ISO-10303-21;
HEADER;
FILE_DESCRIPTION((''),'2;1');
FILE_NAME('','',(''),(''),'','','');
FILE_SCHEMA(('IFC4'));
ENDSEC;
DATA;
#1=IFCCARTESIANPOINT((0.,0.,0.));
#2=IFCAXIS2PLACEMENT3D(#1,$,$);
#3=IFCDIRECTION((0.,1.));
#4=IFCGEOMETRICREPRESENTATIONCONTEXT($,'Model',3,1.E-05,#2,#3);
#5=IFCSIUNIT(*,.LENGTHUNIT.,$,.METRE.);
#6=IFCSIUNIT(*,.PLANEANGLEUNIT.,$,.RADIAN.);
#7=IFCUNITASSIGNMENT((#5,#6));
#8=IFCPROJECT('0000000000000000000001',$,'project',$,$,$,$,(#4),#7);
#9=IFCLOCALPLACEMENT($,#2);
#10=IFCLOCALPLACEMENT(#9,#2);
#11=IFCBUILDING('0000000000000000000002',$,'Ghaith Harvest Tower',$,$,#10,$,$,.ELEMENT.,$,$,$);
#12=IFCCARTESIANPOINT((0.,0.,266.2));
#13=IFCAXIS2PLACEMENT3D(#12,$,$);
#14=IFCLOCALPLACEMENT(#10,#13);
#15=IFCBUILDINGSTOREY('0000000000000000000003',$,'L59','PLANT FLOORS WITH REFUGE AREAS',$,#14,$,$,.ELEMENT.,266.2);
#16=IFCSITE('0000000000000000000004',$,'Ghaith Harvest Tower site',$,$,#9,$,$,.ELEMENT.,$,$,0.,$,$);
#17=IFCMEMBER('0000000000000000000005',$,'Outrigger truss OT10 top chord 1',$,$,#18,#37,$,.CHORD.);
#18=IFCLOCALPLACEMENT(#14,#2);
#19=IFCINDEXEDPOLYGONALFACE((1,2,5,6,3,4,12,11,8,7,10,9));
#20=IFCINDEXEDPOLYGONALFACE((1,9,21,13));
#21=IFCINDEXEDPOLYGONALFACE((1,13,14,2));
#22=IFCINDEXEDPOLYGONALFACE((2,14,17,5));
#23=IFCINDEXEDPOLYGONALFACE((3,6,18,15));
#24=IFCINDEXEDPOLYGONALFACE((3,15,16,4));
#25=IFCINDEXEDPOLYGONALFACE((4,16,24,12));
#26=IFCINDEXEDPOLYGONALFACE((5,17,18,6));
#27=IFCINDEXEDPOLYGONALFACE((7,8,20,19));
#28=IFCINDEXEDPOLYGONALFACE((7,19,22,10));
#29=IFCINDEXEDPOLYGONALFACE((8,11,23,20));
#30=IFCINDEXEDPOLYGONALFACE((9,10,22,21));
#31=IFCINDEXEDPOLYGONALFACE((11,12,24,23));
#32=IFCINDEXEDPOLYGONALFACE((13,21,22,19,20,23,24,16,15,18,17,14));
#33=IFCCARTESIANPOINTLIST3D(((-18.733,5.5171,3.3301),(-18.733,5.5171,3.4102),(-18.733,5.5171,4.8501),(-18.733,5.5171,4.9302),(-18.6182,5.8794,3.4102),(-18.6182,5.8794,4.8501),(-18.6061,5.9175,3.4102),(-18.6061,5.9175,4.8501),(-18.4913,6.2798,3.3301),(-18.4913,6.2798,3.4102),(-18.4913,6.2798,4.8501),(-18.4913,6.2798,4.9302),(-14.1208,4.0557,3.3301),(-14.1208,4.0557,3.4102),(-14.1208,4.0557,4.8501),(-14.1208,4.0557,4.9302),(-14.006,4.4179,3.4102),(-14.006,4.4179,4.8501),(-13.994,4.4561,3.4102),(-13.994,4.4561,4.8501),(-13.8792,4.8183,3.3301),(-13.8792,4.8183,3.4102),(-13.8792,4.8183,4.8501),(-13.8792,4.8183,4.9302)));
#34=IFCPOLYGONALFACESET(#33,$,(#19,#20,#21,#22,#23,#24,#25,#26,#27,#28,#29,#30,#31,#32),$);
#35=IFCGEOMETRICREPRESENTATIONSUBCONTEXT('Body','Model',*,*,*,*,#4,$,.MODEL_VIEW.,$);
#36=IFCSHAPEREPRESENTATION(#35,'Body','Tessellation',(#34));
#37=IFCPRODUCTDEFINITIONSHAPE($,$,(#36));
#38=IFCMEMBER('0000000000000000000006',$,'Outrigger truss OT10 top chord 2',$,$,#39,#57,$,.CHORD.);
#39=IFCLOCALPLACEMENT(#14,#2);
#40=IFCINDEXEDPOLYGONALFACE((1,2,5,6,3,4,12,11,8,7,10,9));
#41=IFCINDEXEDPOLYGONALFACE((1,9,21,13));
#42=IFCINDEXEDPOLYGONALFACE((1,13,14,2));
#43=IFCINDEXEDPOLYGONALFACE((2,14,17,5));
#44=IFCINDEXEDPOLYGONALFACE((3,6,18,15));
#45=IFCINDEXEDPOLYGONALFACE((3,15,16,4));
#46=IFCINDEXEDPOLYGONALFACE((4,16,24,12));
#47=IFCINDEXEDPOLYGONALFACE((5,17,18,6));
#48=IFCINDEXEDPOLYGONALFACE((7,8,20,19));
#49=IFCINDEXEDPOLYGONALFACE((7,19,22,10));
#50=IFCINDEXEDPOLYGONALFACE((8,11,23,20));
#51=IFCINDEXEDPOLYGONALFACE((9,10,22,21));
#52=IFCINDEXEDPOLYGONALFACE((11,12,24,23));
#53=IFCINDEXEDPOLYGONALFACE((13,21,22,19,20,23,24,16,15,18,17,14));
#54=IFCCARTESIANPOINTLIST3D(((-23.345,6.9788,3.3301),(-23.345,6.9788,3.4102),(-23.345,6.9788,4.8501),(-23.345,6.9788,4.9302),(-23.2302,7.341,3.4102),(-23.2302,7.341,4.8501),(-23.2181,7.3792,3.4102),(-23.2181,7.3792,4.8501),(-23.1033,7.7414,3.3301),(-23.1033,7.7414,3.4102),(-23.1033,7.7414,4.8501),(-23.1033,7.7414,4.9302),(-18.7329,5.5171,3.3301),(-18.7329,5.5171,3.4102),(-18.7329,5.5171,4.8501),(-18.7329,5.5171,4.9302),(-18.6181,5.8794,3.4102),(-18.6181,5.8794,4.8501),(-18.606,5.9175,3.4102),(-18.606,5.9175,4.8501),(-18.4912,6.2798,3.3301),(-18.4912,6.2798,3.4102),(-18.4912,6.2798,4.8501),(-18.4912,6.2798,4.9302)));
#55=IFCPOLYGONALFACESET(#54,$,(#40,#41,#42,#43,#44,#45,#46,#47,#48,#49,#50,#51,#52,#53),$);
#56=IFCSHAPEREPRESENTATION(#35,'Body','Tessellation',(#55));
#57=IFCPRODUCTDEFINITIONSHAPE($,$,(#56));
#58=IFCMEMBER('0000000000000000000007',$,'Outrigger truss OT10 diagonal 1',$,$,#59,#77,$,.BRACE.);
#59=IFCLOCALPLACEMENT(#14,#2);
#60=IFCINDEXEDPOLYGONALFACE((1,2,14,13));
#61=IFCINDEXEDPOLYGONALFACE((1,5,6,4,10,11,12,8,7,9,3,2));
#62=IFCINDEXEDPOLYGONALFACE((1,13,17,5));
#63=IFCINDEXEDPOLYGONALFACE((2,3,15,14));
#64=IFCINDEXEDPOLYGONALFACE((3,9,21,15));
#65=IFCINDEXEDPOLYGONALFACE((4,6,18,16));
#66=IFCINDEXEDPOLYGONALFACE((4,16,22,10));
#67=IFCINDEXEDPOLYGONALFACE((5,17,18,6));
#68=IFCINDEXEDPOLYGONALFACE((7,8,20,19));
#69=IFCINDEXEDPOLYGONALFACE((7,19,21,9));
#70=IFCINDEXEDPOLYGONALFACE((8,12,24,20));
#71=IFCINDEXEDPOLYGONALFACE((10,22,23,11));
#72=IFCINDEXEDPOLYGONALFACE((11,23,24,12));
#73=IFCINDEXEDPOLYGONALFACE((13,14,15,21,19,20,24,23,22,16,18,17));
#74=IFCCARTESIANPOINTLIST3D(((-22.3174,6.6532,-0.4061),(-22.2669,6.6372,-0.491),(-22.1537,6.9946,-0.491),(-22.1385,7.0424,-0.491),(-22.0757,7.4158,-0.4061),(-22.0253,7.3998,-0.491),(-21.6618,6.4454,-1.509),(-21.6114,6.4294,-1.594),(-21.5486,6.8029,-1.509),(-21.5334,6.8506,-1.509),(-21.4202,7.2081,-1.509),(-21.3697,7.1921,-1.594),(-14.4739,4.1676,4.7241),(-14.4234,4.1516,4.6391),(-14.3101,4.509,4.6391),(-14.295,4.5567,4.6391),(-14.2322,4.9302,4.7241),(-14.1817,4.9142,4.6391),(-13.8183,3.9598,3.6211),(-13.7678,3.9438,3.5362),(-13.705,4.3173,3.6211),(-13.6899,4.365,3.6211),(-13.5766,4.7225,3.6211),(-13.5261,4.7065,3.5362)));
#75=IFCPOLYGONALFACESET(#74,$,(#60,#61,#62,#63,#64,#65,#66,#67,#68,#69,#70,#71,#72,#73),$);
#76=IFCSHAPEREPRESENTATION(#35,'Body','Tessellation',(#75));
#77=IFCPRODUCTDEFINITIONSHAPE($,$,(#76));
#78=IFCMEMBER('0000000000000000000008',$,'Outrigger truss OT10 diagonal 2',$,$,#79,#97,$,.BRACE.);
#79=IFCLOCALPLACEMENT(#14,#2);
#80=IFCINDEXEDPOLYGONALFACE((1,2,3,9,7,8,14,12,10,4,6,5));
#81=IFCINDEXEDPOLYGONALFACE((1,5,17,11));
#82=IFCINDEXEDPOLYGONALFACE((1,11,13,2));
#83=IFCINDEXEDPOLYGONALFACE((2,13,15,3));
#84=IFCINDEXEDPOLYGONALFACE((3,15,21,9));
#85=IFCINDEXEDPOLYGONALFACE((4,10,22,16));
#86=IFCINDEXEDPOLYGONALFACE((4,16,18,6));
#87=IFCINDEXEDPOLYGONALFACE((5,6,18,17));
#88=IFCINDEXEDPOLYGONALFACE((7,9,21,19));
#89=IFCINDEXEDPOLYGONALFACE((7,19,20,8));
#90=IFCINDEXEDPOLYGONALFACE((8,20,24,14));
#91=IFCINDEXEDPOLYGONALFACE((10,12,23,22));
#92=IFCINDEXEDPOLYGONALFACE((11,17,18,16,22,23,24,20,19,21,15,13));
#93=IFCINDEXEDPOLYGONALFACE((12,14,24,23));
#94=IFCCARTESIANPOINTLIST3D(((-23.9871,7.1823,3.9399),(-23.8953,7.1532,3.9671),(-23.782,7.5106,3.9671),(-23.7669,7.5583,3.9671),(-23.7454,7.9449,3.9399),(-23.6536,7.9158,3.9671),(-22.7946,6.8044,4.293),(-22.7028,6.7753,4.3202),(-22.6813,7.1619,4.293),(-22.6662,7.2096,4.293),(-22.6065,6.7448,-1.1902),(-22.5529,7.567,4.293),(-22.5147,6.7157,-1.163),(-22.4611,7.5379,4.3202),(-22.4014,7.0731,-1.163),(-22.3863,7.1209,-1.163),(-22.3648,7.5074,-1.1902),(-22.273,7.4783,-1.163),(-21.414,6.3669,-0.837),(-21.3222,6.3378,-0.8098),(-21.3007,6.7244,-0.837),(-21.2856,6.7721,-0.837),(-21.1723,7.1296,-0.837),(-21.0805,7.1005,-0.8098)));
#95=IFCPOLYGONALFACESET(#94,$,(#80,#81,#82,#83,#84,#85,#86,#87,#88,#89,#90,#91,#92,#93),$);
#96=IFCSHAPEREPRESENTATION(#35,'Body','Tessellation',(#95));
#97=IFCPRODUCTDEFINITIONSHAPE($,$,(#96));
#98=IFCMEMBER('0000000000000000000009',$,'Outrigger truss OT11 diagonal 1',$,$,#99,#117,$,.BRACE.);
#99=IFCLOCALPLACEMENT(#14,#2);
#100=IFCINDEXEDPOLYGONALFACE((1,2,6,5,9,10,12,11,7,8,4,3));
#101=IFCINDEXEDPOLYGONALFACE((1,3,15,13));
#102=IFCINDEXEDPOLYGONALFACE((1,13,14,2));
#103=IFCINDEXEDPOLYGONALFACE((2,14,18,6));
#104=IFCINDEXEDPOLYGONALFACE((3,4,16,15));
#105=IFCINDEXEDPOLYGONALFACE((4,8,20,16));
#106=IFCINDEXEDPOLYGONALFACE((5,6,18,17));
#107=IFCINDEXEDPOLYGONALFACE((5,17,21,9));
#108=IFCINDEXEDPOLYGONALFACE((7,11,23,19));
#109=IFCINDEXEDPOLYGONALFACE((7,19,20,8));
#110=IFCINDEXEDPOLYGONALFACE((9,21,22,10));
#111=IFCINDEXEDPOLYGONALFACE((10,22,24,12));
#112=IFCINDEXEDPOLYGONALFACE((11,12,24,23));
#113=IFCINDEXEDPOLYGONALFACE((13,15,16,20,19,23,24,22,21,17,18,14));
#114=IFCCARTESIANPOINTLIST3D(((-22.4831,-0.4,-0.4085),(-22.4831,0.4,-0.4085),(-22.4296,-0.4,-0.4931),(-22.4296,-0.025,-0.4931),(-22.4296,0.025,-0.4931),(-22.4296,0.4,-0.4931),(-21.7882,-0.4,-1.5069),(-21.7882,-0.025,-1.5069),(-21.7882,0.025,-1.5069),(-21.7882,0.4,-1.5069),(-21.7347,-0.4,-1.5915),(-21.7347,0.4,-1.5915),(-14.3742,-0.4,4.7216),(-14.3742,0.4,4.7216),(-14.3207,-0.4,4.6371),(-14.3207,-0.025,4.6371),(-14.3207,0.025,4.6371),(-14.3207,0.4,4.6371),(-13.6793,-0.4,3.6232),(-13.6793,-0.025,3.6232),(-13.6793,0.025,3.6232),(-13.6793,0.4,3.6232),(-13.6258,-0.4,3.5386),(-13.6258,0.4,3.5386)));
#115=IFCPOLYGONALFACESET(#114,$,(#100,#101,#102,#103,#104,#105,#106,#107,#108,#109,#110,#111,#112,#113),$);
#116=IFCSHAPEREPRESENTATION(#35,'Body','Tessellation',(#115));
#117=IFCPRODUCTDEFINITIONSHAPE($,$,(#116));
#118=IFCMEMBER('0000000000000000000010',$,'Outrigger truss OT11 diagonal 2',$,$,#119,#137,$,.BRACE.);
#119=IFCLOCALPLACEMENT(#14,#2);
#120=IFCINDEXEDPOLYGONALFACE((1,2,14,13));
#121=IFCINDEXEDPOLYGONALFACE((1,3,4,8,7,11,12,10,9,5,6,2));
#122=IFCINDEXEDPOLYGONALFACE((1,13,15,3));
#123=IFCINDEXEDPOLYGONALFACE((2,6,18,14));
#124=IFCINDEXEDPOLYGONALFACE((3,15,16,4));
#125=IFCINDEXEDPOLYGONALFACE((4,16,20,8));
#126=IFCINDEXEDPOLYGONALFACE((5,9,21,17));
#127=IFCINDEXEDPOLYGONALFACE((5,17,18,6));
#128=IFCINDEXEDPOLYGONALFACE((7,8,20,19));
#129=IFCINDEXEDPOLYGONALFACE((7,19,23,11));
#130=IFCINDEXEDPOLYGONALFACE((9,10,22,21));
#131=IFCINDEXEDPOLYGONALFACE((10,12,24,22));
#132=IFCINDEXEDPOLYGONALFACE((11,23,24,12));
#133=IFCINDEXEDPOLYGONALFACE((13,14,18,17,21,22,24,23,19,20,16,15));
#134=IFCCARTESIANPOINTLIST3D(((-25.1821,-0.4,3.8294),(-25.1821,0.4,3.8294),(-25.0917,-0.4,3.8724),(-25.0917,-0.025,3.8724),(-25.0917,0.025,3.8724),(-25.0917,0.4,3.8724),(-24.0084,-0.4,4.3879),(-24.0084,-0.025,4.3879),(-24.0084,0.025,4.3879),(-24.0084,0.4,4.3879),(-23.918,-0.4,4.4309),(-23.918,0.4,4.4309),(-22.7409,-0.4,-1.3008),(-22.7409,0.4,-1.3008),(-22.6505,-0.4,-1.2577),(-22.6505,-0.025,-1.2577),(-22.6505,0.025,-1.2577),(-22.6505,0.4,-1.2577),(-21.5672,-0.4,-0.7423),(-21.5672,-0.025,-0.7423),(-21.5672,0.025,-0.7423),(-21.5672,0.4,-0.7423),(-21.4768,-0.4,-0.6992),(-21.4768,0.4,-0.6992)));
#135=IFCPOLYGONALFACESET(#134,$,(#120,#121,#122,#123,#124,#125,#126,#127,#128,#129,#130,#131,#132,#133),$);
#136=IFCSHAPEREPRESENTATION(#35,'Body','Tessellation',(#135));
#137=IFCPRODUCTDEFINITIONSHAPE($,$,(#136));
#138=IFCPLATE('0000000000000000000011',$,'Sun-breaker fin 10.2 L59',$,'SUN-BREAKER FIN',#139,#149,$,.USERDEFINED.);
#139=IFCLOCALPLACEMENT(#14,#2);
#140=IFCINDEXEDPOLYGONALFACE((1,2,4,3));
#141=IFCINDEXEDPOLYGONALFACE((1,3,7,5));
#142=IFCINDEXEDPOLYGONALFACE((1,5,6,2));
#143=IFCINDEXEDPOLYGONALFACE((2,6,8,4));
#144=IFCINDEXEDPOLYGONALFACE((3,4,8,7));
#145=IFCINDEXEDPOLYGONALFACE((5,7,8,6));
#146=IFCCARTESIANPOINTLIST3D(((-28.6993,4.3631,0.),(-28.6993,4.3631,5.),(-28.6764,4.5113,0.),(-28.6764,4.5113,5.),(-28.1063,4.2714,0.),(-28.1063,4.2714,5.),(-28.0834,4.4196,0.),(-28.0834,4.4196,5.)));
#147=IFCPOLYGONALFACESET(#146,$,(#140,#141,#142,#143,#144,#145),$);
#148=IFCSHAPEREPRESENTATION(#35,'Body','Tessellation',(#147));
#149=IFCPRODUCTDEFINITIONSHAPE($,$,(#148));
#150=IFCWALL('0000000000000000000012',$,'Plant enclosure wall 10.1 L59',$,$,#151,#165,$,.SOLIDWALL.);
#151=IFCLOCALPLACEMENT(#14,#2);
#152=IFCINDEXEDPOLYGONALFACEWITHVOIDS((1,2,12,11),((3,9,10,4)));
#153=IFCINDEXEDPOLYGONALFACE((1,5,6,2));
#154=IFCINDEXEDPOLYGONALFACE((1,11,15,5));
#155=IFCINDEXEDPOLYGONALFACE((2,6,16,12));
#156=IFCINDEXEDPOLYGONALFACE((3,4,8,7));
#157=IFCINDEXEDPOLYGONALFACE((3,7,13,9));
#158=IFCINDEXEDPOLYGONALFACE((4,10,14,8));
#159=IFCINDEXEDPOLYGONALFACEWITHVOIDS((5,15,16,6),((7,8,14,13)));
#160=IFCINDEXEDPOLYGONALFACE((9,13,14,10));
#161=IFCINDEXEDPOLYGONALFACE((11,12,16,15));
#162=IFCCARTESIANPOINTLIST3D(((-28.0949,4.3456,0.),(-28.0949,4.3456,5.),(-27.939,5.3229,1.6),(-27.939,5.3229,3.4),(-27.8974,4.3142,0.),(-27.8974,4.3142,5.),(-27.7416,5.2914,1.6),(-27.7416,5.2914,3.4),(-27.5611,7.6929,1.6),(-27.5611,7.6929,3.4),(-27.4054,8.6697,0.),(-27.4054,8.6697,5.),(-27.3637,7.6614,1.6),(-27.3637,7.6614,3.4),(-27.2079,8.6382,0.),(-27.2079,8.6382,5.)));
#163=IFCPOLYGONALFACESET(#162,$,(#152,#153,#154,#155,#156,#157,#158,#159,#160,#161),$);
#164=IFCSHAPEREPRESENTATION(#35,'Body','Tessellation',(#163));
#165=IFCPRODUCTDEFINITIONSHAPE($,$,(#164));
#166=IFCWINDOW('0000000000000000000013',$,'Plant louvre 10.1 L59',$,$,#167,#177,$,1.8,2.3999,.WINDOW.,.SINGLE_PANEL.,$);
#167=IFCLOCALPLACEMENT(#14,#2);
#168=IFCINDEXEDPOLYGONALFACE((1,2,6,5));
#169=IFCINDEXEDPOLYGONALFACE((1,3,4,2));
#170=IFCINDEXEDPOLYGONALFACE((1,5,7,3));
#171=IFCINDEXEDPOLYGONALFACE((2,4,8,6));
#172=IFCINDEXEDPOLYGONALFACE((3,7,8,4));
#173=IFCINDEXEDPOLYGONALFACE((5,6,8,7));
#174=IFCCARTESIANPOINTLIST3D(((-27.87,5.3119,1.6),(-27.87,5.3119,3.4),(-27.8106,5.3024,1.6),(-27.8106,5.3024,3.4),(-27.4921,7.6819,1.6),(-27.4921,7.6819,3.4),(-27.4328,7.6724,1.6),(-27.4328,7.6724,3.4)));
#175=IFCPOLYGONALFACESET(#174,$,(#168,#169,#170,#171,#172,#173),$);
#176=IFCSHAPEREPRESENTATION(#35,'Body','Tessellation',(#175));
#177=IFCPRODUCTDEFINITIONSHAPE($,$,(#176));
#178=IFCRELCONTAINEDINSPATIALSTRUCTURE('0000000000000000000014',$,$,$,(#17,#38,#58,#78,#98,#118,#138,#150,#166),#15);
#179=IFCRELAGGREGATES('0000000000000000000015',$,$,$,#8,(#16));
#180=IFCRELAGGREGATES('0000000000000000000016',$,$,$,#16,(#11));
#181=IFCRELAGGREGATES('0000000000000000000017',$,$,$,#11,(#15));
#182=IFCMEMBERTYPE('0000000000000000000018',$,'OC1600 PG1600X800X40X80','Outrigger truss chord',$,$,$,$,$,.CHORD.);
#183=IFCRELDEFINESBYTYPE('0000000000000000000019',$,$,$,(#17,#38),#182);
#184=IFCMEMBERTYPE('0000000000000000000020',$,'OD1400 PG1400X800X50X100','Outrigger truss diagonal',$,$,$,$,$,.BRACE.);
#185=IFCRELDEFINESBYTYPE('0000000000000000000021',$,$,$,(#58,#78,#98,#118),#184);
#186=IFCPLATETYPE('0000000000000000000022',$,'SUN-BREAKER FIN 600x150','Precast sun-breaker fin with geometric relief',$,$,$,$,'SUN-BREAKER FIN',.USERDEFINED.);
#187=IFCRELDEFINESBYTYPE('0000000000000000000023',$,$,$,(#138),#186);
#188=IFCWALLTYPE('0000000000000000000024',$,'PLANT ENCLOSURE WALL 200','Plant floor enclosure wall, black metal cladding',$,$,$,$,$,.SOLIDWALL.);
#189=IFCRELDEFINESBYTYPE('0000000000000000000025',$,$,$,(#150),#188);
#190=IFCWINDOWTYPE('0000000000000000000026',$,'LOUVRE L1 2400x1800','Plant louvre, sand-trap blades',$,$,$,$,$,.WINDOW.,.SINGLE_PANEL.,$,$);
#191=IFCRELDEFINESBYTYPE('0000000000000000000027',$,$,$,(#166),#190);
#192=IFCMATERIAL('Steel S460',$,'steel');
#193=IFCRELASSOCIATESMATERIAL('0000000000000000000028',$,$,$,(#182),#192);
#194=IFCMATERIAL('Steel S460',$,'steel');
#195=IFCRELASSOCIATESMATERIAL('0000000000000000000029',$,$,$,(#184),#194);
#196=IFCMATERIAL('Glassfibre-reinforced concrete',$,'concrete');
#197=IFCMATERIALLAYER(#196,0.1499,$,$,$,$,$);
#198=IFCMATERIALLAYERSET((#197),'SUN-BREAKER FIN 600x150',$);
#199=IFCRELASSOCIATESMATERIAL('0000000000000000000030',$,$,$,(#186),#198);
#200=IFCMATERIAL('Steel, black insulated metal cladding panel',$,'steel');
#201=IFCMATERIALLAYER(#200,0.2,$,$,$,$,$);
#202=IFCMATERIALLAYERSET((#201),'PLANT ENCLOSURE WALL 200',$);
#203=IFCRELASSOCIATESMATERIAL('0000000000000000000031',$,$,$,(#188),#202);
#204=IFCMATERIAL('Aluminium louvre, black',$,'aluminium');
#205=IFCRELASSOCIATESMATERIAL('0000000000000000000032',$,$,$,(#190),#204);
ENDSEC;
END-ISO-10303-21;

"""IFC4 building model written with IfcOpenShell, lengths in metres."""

from ifc_helpers import new_model, si_unit, direction, frame, frame_2d, origin, origin_2d, place, context, subcontext, project, spatial, rectangle, i_section, extrude, material, layer, layer_set, material_profile, profile_set, type_object, element, fill, save


model = new_model("IFC4")

# Units and contexts
model_context = context("Model", 3, precision=1e-05, world=origin(), true_north=direction((0.0, 1.0)))
body_context = subcontext(model_context, "Body", "Model", "MODEL_VIEW")
ifc_project = project(units=[si_unit("LENGTHUNIT", "METRE"), si_unit("PLANEANGLEUNIT", "RADIAN")], contexts=[model_context])

# Site, building, storey
site_placement = place(None, origin())
site = spatial("IfcSite", under=ifc_project, at=site_placement, Name="Ghaith Harvest Tower site", CompositionType="ELEMENT", RefElevation=0.0)
building_placement = place(site_placement, origin())
building = spatial("IfcBuilding", under=site, at=building_placement, Name="Ghaith Harvest Tower", CompositionType="ELEMENT")
storey_placement = place(building_placement, frame((0.0, 0.0, 266.2)))
storey = spatial("IfcBuildingStorey", under=building, at=storey_placement, Name="L59", Description="PLANT FLOORS WITH REFUGE AREAS", CompositionType="ELEMENT", Elevation=266.2)

# Members
ifc_material_1 = material(Name="Steel S460", Category="steel")
ifc_material_profile_1 = material_profile(ifc_material_1, i_section(OverallWidth=0.8, OverallDepth=1.6001, WebThickness=0.04, FlangeThickness=0.0801, at=origin_2d()), Name="PG1600X800X40X80")
ifc_profile_set_1 = profile_set([ifc_material_profile_1], Name="Steel S460")
member_type_1 = type_object("IfcMemberType", Name="OC1600 PG1600X800X40X80", Description="Outrigger truss chord", PredefinedType="CHORD", material=ifc_profile_set_1)
for number, where, z_axis, x_axis, name in (
    (1, (-14.0, 4.437, 4.1301), (-0.953286, 0.302068, 0.0), (-0.302068, -0.953286, 0.0), "Outrigger truss OT10 top chord 1"),
    (2, (-18.6121, 5.8984, 4.1301), (-0.953272, 0.302114, 0.0), (-0.302114, -0.953272, 0.0), "Outrigger truss OT10 top chord 2"),
):
    element("IfcMember", number, at=place(storey_placement, frame(where, z_axis=z_axis, x_axis=x_axis)), inside=storey, type_object=member_type_1, Name=name, PredefinedType="CHORD", context=body_context, shape_type="SweptSolid", body=[
        extrude(i_section(OverallWidth=0.8, OverallDepth=1.6001, WebThickness=0.04, FlangeThickness=0.0801, at=origin_2d()), origin(), (0.0, 0.0, 1.0), 4.8381),
    ])
ifc_material_2 = material(Name="Steel S460", Category="steel")
ifc_material_profile_2 = material_profile(ifc_material_2, i_section(OverallWidth=0.8, OverallDepth=1.3999, WebThickness=0.05, FlangeThickness=0.1001, at=origin_2d()), Name="PG1400X800X50X100")
ifc_profile_set_2 = profile_set([ifc_material_profile_2], Name="Steel S460")
member_type_2 = type_object("IfcMemberType", Name="OD1400 PG1400X800X50X100", Description="Outrigger truss diagonal", PredefinedType="BRACE", material=ifc_profile_set_2)
member_1_placement = place(storey_placement, frame((-14.0, 4.437, 4.1301), z_axis=(-0.808923, 0.256346, -0.529084), x_axis=(-0.302093, -0.953279, 0.0)))
element("IfcMember", 3, at=member_1_placement, inside=storey, type_object=member_type_2, Name="Outrigger truss OT10 diagonal 1", PredefinedType="BRACE", context=body_context, shape_type="SweptSolid", body=[
    extrude(i_section(OverallWidth=0.8, OverallDepth=1.3999, WebThickness=0.05, FlangeThickness=0.1001, at=origin_2d()), origin(), (0.0, 0.0, 1.0), 9.6963),
])
member_2_placement = place(storey_placement, frame((-21.8435, 6.9226, -1.0), z_axis=(-0.258996, 0.082073, 0.962385), x_axis=(-0.302083, -0.953282, 0.0)))
element("IfcMember", 4, at=member_2_placement, inside=storey, type_object=member_type_2, Name="Outrigger truss OT10 diagonal 2", PredefinedType="BRACE", context=body_context, shape_type="SweptSolid", body=[
    extrude(i_section(OverallWidth=0.8, OverallDepth=1.3999, WebThickness=0.05, FlangeThickness=0.1001, at=origin_2d()), origin(), (0.0, 0.0, 1.0), 5.3306),
])
member_3_placement = place(storey_placement, frame((-14.0, 0.0, 4.1301), z_axis=(-0.845078, 0.0, -0.534643), x_axis=(0.0, -1.0, 0.0)))
element("IfcMember", 5, at=member_3_placement, inside=storey, type_object=member_type_2, Name="Outrigger truss OT11 diagonal 1", PredefinedType="BRACE", context=body_context, shape_type="SweptSolid", body=[
    extrude(i_section(OverallWidth=0.8, OverallDepth=1.3999, WebThickness=0.05, FlangeThickness=0.1001, at=origin_2d()), origin(), (0.0, 0.0, 1.0), 9.5955),
])
member_4_placement = place(storey_placement, frame((-22.1089, 0.0, -1.0), z_axis=(-0.429682, 0.0, 0.90298), x_axis=(0.0, -1.0, 0.0)))
element("IfcMember", 6, at=member_4_placement, inside=storey, type_object=member_type_2, Name="Outrigger truss OT11 diagonal 2", PredefinedType="BRACE", context=body_context, shape_type="SweptSolid", body=[
    extrude(i_section(OverallWidth=0.8, OverallDepth=1.3999, WebThickness=0.05, FlangeThickness=0.1001, at=origin_2d()), origin(), (0.0, 0.0, 1.0), 5.6814),
])

# Plate
ifc_material_3 = material(Name="Glassfibre-reinforced concrete", Category="concrete")
ifc_layer_1 = layer(ifc_material_3, 0.1499)
ifc_layer_set_1 = layer_set([ifc_layer_1], Name="SUN-BREAKER FIN 600x150")
plate_type = type_object("IfcPlateType", Name="SUN-BREAKER FIN 600x150", Description="Precast sun-breaker fin with geometric relief", ElementType="SUN-BREAKER FIN", PredefinedType="USERDEFINED", material=ifc_layer_set_1)
plate_placement = place(storey_placement, frame((-28.3914, 4.3914, 0.0), z_axis=(0.0, 0.0, 1.0), x_axis=(-0.988249, 0.152851, 0.0)))
element("IfcPlate", 7, at=plate_placement, inside=storey, type_object=plate_type, Name="Sun-breaker fin 10.2 L59", ObjectType="SUN-BREAKER FIN", PredefinedType="USERDEFINED", context=body_context, shape_type="SweptSolid", body=[
    extrude(rectangle(XDim=0.6001, YDim=0.1499, at=origin_2d()), origin(), (0.0, 0.0, 1.0), 5.0),
])

# Wall, opening, window
ifc_material_4 = material(Name="Steel, black insulated metal cladding panel", Category="steel")
ifc_layer_2 = layer(ifc_material_4, 0.2)
ifc_layer_set_2 = layer_set([ifc_layer_2], Name="PLANT ENCLOSURE WALL 200")
wall_type = type_object("IfcWallType", Name="PLANT ENCLOSURE WALL 200", Description="Plant floor enclosure wall, black metal cladding", PredefinedType="SOLIDWALL", material=ifc_layer_set_2)
wall_1_placement = place(storey_placement, frame((-27.3066, 8.6541, 0.0), z_axis=(0.0, 0.0, 1.0), x_axis=(-0.15746, -0.987525, 0.0)))
wall_1 = element("IfcWall", 8, at=wall_1_placement, inside=storey, type_object=wall_type, Name="Plant enclosure wall 10.1 L59", PredefinedType="SOLIDWALL", context=body_context, shape_type="SweptSolid", body=[
    extrude(rectangle(XDim=4.3787, YDim=0.2, at=frame_2d((2.1895, 0.0))), origin(), (0.0, 0.0, 1.0), 5.0),
])
opening_1_placement = place(wall_1_placement, frame((0.9893, 0.0, 1.6001)))
opening_1 = element("IfcOpeningElement", 9, at=opening_1_placement, cuts=wall_1, PredefinedType="OPENING", context=body_context, shape_type="SweptSolid", body=[
    extrude(rectangle(XDim=2.3999, YDim=1.8, at=frame_2d((1.2, 0.8999))), frame((0.0, 0.1099, 0.0), z_axis=(0.0, -1.0, 0.0), x_axis=(1.0, 0.0, 0.0)), (0.0, 0.0, 1.0), 0.22),
])
ifc_material_5 = material(Name="Aluminium louvre, black", Category="aluminium")
window_type = type_object("IfcWindowType", Name="LOUVRE L1 2400x1800", Description="Plant louvre, sand-trap blades", PartitioningType="SINGLE_PANEL", PredefinedType="WINDOW", material=ifc_material_5)
window_1_placement = place(opening_1_placement, origin())
window_1 = element("IfcWindow", 10, at=window_1_placement, inside=storey, type_object=window_type, Name="Plant louvre 10.1 L59", OverallHeight=1.8, OverallWidth=2.3999, PartitioningType="SINGLE_PANEL", PredefinedType="WINDOW", context=body_context, shape_type="SweptSolid", body=[
    extrude(rectangle(XDim=2.3999, YDim=1.8, at=frame_2d((1.2, 0.8999))), frame((0.0, 0.03, 0.0), z_axis=(0.0, -1.0, 0.0), x_axis=(1.0, 0.0, 0.0)), (0.0, 0.0, 1.0), 0.0601),
])
fill(opening_1, window_1)

save(model, "model.ifc")
